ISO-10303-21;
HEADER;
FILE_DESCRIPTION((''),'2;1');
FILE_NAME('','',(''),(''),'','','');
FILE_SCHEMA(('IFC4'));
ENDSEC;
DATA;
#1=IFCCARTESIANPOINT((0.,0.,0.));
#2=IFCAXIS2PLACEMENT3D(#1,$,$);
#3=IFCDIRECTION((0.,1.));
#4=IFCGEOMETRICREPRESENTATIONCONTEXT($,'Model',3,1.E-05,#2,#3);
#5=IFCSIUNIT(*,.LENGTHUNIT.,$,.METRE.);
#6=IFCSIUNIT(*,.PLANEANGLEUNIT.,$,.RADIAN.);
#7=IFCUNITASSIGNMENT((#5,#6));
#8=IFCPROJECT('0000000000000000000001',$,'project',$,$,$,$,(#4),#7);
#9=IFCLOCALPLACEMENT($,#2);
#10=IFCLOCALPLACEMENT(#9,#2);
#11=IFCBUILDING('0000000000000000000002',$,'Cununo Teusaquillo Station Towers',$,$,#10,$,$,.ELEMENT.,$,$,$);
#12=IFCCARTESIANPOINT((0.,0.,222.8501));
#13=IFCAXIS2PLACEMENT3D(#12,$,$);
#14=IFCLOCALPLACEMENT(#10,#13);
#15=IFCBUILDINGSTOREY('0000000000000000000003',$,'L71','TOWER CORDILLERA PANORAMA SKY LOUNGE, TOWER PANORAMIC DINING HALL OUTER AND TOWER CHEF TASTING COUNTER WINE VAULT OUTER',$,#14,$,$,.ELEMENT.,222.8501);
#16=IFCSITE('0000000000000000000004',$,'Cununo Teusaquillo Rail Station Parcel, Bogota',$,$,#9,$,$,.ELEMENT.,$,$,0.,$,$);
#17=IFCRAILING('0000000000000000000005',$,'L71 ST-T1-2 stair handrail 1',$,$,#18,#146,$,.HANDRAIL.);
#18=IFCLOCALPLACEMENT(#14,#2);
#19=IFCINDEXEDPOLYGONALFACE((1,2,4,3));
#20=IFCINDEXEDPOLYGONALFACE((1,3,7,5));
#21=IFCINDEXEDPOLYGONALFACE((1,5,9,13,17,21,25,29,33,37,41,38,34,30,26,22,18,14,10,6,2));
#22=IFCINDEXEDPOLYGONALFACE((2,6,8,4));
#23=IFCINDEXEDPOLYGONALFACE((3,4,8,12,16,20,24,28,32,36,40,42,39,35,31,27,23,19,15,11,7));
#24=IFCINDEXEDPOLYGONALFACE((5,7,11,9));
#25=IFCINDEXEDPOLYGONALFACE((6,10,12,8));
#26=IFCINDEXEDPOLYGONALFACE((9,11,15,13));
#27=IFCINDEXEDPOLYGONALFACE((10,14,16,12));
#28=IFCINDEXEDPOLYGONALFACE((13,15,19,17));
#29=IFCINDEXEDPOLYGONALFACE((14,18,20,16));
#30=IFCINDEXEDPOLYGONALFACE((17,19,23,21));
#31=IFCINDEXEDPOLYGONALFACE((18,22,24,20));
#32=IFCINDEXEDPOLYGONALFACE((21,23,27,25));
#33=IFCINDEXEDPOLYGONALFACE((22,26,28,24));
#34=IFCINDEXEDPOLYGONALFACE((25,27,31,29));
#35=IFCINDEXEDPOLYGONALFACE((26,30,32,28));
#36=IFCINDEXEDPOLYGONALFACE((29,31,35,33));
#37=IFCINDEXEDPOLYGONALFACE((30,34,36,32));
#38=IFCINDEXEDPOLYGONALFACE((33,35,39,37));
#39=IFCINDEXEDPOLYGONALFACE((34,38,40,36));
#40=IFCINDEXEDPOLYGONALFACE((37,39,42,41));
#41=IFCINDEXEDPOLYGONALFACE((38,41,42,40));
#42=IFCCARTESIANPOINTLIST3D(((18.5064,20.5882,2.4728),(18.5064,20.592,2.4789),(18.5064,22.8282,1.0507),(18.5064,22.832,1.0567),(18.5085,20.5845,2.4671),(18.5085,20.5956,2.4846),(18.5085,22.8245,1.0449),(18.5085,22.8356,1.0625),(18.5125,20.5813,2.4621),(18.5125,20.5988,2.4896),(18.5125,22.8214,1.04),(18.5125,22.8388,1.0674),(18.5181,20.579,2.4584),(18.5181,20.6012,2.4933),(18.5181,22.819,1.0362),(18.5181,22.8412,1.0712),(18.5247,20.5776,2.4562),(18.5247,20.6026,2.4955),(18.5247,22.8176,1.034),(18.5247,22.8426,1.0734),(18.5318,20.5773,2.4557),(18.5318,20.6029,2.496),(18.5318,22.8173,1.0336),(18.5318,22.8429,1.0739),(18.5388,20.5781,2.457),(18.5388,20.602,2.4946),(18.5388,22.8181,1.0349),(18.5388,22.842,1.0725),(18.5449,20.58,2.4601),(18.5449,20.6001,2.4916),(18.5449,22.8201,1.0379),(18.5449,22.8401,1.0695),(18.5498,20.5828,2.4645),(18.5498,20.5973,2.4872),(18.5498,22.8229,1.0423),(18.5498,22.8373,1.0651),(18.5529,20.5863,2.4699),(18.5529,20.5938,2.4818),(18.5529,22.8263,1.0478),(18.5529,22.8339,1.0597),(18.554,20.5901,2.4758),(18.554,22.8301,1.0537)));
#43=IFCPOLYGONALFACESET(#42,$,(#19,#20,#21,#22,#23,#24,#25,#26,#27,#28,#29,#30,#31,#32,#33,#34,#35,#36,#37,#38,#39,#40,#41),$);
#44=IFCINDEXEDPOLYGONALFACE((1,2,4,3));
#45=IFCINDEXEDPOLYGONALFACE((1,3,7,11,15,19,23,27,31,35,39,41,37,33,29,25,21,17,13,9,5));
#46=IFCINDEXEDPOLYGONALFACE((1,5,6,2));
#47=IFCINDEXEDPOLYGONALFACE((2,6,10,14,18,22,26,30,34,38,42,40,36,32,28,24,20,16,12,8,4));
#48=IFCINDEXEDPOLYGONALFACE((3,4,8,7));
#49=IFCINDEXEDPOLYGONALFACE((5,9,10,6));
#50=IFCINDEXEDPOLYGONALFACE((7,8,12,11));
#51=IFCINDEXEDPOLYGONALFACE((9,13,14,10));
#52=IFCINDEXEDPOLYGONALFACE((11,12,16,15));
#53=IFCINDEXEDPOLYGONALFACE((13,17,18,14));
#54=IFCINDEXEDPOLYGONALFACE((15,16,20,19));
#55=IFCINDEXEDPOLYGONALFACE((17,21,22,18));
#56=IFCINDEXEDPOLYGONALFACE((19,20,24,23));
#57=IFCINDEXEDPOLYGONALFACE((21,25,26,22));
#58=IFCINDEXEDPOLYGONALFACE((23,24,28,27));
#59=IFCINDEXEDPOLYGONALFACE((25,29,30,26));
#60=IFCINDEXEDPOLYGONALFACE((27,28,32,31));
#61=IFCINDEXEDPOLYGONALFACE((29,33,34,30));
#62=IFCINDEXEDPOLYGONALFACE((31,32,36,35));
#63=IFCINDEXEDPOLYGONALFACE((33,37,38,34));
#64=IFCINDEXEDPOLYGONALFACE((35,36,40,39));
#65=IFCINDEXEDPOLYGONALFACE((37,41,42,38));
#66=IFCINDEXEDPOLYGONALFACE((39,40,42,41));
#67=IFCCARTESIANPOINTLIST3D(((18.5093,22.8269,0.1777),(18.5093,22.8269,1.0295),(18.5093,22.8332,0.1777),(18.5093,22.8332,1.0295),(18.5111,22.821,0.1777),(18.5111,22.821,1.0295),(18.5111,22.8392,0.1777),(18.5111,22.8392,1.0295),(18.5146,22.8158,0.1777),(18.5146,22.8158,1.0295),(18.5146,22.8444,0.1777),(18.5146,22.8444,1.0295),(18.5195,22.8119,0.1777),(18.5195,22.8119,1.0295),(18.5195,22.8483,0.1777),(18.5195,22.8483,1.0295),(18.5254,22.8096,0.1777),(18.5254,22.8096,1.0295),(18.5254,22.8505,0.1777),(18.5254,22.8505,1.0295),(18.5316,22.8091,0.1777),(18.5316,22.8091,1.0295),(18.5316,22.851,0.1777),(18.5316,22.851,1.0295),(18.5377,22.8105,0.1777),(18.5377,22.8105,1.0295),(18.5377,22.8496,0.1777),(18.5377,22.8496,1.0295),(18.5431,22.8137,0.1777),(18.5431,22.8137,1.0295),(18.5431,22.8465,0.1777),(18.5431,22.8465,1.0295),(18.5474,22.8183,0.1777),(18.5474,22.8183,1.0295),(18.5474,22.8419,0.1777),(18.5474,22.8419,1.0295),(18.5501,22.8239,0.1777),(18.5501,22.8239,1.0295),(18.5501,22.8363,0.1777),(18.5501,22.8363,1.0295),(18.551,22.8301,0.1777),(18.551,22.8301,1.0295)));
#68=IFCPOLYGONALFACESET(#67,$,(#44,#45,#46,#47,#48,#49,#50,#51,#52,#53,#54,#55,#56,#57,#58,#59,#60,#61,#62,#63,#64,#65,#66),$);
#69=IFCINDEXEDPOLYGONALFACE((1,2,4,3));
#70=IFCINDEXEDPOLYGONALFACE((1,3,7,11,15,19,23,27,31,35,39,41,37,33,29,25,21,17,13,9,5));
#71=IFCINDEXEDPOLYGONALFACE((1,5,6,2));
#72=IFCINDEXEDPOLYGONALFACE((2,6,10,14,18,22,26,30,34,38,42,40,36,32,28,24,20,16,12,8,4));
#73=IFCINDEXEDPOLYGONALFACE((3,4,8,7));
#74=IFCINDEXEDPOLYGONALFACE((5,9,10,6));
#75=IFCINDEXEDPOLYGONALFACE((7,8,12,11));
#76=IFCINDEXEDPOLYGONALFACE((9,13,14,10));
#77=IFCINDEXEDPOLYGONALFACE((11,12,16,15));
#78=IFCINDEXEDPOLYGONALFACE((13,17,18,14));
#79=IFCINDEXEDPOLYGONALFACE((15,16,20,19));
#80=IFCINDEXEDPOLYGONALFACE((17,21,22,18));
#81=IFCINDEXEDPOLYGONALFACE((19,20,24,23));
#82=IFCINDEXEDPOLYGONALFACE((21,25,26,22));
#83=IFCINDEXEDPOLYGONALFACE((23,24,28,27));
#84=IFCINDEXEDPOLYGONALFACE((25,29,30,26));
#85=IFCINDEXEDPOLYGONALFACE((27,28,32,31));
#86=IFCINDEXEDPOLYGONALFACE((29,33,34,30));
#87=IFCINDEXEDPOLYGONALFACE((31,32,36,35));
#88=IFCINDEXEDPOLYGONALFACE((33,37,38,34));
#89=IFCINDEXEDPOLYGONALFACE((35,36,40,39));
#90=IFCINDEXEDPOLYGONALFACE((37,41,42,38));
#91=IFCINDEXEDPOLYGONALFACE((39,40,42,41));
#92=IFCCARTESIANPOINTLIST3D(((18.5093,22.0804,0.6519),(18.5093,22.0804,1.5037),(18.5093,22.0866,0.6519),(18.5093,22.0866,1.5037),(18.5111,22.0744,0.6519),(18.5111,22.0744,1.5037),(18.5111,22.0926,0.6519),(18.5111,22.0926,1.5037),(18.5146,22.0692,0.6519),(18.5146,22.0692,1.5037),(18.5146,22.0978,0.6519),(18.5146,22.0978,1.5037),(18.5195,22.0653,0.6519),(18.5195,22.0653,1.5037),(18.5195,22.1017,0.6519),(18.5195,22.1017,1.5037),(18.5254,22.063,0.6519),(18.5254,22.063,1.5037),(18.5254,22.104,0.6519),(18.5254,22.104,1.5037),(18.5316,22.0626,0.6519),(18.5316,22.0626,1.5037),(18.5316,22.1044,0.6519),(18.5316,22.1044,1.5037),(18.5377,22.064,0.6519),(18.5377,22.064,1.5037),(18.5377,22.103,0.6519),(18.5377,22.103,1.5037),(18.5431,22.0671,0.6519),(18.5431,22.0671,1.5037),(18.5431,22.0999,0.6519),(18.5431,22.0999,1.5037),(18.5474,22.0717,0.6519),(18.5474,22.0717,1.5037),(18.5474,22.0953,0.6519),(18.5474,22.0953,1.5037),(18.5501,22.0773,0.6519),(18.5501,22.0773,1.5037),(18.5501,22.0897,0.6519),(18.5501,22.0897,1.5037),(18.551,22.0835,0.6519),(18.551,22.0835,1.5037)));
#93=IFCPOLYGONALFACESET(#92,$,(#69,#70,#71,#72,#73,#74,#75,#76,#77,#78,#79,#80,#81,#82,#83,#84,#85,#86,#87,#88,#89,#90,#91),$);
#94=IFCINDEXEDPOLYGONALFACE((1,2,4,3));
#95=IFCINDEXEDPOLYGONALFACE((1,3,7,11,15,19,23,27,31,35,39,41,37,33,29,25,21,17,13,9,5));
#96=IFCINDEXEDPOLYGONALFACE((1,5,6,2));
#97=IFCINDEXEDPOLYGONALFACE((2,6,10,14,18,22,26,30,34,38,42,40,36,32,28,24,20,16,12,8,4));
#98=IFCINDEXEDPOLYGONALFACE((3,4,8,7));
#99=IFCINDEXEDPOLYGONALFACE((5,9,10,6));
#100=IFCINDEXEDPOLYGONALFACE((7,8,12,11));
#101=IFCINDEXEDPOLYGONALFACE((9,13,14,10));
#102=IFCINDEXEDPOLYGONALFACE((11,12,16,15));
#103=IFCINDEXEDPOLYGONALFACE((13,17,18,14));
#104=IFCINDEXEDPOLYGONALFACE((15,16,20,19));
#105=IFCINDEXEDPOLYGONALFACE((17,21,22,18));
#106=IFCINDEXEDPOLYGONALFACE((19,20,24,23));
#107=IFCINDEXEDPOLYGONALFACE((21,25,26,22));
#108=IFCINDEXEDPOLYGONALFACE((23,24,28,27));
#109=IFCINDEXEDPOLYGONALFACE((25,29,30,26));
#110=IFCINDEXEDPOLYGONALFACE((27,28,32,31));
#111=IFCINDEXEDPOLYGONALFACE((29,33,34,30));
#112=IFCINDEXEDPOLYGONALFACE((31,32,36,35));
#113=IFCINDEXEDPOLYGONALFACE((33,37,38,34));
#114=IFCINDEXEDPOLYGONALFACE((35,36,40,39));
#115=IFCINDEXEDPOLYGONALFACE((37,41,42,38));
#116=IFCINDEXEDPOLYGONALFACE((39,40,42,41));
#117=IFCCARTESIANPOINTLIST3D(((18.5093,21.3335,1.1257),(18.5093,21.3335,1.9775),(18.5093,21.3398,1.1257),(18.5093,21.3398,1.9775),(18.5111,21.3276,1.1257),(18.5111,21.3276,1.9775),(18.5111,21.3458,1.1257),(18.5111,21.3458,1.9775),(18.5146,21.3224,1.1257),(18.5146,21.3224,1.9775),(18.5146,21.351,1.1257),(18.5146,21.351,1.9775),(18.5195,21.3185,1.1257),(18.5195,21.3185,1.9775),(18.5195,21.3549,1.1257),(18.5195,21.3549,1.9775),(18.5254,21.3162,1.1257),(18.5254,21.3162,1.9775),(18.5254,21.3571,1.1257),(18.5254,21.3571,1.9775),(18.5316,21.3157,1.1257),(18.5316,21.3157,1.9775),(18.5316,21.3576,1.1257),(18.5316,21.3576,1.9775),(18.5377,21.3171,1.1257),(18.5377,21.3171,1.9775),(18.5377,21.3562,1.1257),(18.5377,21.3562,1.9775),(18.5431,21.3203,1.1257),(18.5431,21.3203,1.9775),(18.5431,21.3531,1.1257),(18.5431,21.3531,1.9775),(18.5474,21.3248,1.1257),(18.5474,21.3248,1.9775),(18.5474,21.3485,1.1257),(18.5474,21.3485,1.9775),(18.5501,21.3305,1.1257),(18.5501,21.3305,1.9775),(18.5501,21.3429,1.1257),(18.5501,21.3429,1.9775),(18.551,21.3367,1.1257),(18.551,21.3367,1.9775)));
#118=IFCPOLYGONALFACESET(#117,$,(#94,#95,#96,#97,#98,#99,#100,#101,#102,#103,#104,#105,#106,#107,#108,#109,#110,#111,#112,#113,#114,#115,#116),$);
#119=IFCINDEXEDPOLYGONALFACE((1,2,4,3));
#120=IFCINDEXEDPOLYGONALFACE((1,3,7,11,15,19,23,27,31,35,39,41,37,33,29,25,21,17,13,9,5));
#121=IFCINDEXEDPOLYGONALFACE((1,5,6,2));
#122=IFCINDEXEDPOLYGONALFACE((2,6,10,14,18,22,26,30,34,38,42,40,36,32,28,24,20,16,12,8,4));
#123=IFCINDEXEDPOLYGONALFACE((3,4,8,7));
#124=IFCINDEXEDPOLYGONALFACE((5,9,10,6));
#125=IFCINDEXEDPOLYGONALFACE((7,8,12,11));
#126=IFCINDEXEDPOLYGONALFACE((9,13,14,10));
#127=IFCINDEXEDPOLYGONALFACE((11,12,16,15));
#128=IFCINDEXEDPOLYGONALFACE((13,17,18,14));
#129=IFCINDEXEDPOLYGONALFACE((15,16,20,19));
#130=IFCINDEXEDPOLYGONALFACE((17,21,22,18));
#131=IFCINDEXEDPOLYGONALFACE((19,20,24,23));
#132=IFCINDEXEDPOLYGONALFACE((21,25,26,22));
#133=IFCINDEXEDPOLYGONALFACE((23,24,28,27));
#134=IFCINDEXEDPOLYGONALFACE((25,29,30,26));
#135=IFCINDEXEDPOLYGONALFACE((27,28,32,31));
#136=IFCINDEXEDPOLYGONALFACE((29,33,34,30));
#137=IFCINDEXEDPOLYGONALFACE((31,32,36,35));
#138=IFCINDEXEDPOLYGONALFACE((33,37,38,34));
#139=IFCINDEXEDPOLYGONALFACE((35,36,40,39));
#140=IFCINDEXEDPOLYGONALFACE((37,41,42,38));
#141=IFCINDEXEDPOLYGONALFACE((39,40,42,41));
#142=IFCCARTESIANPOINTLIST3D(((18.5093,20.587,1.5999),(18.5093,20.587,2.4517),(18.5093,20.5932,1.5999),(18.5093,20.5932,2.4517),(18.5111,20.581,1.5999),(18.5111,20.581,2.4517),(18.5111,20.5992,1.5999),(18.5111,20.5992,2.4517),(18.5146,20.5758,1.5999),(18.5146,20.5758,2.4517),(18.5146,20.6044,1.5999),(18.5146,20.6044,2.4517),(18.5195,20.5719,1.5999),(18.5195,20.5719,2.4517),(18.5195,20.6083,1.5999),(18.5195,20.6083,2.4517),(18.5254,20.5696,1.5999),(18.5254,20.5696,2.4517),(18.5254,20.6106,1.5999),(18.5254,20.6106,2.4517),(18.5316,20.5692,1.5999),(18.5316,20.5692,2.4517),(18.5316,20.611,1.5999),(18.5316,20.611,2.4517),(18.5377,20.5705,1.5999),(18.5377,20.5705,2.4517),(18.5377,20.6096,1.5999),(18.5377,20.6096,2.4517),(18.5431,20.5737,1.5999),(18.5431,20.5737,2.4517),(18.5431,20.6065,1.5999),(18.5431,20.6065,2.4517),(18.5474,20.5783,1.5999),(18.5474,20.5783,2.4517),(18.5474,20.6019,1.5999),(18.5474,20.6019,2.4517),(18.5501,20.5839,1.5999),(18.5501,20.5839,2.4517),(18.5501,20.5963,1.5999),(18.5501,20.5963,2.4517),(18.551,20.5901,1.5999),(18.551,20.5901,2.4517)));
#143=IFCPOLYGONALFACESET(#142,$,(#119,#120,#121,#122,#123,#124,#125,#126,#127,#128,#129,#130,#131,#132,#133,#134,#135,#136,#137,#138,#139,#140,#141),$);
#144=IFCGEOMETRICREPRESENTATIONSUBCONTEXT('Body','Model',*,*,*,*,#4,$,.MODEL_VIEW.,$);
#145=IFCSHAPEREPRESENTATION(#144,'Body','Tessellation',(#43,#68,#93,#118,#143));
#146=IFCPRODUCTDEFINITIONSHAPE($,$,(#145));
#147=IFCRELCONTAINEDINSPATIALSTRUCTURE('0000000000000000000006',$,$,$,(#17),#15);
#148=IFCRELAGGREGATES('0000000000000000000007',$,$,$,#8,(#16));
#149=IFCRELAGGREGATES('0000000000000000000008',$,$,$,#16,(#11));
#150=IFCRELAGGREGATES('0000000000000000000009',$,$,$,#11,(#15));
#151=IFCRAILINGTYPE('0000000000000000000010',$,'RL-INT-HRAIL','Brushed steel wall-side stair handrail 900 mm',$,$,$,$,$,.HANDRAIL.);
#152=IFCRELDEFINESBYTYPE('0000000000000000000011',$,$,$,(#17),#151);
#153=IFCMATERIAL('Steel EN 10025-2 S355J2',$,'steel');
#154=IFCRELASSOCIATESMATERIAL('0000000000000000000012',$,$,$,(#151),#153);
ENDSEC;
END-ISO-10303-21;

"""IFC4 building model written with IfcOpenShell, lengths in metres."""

from ifc_helpers import new_model, si_unit, direction, frame, origin, origin_2d, place, context, subcontext, project, spatial, circle, extrude, material, type_object, element, save


model = new_model("IFC4")

# Units and contexts
model_context = context("Model", 3, precision=1e-05, world=origin(), true_north=direction((0.0, 1.0)))
body_context = subcontext(model_context, "Body", "Model", "MODEL_VIEW")
ifc_project = project(units=[si_unit("LENGTHUNIT", "METRE"), si_unit("PLANEANGLEUNIT", "RADIAN")], contexts=[model_context])

# Site, building, storey
site_placement = place(None, origin())
site = spatial("IfcSite", under=ifc_project, at=site_placement, Name="Cununo Teusaquillo Rail Station Parcel, Bogota", CompositionType="ELEMENT", RefElevation=0.0)
building_placement = place(site_placement, origin())
building = spatial("IfcBuilding", under=site, at=building_placement, Name="Cununo Teusaquillo Station Towers", CompositionType="ELEMENT")
storey_placement = place(building_placement, frame((0.0, 0.0, 222.8501)))
storey = spatial("IfcBuildingStorey", under=building, at=storey_placement, Name="L71", Description="TOWER CORDILLERA PANORAMA SKY LOUNGE, TOWER PANORAMIC DINING HALL OUTER AND TOWER CHEF TASTING COUNTER WINE VAULT OUTER", CompositionType="ELEMENT", Elevation=222.8501)

# Railing
ifc_material_1 = material(Name="Steel EN 10025-2 S355J2", Category="steel")
railing_type_1 = type_object("IfcRailingType", Name="RL-INT-HRAIL", Description="Brushed steel wall-side stair handrail 900 mm", PredefinedType="HANDRAIL", material=ifc_material_1)
railing_1_placement = place(storey_placement, frame((18.53, 22.8301, 0.1777)))
element("IfcRailing", 1, at=railing_1_placement, inside=storey, type_object=railing_type_1, Name="L71 ST-T1-2 stair handrail 1", PredefinedType="HANDRAIL", context=body_context, shape_type="SweptSolid", body=[
    extrude(circle(Radius=0.0239, at=origin_2d()), frame((0.0, 0.0, 0.876), z_axis=(0.0, -0.844229, 0.535982), x_axis=(1.0, 0.0, 0.0)), (0.0, 0.0, 1.0), 2.6533),
    extrude(circle(Radius=0.021, at=origin_2d()), origin(), (0.0, 0.0, 1.0), 0.8518),
    extrude(circle(Radius=0.021, at=origin_2d()), frame((0.0, -0.7466, 0.4741)), (0.0, 0.0, 1.0), 0.8518),
    extrude(circle(Radius=0.021, at=origin_2d()), frame((0.0, -1.4934, 0.948)), (0.0, 0.0, 1.0), 0.8518),
    extrude(circle(Radius=0.021, at=origin_2d()), frame((0.0, -2.24, 1.4221)), (0.0, 0.0, 1.0), 0.8518),
])

save(model, "model.ifc")
